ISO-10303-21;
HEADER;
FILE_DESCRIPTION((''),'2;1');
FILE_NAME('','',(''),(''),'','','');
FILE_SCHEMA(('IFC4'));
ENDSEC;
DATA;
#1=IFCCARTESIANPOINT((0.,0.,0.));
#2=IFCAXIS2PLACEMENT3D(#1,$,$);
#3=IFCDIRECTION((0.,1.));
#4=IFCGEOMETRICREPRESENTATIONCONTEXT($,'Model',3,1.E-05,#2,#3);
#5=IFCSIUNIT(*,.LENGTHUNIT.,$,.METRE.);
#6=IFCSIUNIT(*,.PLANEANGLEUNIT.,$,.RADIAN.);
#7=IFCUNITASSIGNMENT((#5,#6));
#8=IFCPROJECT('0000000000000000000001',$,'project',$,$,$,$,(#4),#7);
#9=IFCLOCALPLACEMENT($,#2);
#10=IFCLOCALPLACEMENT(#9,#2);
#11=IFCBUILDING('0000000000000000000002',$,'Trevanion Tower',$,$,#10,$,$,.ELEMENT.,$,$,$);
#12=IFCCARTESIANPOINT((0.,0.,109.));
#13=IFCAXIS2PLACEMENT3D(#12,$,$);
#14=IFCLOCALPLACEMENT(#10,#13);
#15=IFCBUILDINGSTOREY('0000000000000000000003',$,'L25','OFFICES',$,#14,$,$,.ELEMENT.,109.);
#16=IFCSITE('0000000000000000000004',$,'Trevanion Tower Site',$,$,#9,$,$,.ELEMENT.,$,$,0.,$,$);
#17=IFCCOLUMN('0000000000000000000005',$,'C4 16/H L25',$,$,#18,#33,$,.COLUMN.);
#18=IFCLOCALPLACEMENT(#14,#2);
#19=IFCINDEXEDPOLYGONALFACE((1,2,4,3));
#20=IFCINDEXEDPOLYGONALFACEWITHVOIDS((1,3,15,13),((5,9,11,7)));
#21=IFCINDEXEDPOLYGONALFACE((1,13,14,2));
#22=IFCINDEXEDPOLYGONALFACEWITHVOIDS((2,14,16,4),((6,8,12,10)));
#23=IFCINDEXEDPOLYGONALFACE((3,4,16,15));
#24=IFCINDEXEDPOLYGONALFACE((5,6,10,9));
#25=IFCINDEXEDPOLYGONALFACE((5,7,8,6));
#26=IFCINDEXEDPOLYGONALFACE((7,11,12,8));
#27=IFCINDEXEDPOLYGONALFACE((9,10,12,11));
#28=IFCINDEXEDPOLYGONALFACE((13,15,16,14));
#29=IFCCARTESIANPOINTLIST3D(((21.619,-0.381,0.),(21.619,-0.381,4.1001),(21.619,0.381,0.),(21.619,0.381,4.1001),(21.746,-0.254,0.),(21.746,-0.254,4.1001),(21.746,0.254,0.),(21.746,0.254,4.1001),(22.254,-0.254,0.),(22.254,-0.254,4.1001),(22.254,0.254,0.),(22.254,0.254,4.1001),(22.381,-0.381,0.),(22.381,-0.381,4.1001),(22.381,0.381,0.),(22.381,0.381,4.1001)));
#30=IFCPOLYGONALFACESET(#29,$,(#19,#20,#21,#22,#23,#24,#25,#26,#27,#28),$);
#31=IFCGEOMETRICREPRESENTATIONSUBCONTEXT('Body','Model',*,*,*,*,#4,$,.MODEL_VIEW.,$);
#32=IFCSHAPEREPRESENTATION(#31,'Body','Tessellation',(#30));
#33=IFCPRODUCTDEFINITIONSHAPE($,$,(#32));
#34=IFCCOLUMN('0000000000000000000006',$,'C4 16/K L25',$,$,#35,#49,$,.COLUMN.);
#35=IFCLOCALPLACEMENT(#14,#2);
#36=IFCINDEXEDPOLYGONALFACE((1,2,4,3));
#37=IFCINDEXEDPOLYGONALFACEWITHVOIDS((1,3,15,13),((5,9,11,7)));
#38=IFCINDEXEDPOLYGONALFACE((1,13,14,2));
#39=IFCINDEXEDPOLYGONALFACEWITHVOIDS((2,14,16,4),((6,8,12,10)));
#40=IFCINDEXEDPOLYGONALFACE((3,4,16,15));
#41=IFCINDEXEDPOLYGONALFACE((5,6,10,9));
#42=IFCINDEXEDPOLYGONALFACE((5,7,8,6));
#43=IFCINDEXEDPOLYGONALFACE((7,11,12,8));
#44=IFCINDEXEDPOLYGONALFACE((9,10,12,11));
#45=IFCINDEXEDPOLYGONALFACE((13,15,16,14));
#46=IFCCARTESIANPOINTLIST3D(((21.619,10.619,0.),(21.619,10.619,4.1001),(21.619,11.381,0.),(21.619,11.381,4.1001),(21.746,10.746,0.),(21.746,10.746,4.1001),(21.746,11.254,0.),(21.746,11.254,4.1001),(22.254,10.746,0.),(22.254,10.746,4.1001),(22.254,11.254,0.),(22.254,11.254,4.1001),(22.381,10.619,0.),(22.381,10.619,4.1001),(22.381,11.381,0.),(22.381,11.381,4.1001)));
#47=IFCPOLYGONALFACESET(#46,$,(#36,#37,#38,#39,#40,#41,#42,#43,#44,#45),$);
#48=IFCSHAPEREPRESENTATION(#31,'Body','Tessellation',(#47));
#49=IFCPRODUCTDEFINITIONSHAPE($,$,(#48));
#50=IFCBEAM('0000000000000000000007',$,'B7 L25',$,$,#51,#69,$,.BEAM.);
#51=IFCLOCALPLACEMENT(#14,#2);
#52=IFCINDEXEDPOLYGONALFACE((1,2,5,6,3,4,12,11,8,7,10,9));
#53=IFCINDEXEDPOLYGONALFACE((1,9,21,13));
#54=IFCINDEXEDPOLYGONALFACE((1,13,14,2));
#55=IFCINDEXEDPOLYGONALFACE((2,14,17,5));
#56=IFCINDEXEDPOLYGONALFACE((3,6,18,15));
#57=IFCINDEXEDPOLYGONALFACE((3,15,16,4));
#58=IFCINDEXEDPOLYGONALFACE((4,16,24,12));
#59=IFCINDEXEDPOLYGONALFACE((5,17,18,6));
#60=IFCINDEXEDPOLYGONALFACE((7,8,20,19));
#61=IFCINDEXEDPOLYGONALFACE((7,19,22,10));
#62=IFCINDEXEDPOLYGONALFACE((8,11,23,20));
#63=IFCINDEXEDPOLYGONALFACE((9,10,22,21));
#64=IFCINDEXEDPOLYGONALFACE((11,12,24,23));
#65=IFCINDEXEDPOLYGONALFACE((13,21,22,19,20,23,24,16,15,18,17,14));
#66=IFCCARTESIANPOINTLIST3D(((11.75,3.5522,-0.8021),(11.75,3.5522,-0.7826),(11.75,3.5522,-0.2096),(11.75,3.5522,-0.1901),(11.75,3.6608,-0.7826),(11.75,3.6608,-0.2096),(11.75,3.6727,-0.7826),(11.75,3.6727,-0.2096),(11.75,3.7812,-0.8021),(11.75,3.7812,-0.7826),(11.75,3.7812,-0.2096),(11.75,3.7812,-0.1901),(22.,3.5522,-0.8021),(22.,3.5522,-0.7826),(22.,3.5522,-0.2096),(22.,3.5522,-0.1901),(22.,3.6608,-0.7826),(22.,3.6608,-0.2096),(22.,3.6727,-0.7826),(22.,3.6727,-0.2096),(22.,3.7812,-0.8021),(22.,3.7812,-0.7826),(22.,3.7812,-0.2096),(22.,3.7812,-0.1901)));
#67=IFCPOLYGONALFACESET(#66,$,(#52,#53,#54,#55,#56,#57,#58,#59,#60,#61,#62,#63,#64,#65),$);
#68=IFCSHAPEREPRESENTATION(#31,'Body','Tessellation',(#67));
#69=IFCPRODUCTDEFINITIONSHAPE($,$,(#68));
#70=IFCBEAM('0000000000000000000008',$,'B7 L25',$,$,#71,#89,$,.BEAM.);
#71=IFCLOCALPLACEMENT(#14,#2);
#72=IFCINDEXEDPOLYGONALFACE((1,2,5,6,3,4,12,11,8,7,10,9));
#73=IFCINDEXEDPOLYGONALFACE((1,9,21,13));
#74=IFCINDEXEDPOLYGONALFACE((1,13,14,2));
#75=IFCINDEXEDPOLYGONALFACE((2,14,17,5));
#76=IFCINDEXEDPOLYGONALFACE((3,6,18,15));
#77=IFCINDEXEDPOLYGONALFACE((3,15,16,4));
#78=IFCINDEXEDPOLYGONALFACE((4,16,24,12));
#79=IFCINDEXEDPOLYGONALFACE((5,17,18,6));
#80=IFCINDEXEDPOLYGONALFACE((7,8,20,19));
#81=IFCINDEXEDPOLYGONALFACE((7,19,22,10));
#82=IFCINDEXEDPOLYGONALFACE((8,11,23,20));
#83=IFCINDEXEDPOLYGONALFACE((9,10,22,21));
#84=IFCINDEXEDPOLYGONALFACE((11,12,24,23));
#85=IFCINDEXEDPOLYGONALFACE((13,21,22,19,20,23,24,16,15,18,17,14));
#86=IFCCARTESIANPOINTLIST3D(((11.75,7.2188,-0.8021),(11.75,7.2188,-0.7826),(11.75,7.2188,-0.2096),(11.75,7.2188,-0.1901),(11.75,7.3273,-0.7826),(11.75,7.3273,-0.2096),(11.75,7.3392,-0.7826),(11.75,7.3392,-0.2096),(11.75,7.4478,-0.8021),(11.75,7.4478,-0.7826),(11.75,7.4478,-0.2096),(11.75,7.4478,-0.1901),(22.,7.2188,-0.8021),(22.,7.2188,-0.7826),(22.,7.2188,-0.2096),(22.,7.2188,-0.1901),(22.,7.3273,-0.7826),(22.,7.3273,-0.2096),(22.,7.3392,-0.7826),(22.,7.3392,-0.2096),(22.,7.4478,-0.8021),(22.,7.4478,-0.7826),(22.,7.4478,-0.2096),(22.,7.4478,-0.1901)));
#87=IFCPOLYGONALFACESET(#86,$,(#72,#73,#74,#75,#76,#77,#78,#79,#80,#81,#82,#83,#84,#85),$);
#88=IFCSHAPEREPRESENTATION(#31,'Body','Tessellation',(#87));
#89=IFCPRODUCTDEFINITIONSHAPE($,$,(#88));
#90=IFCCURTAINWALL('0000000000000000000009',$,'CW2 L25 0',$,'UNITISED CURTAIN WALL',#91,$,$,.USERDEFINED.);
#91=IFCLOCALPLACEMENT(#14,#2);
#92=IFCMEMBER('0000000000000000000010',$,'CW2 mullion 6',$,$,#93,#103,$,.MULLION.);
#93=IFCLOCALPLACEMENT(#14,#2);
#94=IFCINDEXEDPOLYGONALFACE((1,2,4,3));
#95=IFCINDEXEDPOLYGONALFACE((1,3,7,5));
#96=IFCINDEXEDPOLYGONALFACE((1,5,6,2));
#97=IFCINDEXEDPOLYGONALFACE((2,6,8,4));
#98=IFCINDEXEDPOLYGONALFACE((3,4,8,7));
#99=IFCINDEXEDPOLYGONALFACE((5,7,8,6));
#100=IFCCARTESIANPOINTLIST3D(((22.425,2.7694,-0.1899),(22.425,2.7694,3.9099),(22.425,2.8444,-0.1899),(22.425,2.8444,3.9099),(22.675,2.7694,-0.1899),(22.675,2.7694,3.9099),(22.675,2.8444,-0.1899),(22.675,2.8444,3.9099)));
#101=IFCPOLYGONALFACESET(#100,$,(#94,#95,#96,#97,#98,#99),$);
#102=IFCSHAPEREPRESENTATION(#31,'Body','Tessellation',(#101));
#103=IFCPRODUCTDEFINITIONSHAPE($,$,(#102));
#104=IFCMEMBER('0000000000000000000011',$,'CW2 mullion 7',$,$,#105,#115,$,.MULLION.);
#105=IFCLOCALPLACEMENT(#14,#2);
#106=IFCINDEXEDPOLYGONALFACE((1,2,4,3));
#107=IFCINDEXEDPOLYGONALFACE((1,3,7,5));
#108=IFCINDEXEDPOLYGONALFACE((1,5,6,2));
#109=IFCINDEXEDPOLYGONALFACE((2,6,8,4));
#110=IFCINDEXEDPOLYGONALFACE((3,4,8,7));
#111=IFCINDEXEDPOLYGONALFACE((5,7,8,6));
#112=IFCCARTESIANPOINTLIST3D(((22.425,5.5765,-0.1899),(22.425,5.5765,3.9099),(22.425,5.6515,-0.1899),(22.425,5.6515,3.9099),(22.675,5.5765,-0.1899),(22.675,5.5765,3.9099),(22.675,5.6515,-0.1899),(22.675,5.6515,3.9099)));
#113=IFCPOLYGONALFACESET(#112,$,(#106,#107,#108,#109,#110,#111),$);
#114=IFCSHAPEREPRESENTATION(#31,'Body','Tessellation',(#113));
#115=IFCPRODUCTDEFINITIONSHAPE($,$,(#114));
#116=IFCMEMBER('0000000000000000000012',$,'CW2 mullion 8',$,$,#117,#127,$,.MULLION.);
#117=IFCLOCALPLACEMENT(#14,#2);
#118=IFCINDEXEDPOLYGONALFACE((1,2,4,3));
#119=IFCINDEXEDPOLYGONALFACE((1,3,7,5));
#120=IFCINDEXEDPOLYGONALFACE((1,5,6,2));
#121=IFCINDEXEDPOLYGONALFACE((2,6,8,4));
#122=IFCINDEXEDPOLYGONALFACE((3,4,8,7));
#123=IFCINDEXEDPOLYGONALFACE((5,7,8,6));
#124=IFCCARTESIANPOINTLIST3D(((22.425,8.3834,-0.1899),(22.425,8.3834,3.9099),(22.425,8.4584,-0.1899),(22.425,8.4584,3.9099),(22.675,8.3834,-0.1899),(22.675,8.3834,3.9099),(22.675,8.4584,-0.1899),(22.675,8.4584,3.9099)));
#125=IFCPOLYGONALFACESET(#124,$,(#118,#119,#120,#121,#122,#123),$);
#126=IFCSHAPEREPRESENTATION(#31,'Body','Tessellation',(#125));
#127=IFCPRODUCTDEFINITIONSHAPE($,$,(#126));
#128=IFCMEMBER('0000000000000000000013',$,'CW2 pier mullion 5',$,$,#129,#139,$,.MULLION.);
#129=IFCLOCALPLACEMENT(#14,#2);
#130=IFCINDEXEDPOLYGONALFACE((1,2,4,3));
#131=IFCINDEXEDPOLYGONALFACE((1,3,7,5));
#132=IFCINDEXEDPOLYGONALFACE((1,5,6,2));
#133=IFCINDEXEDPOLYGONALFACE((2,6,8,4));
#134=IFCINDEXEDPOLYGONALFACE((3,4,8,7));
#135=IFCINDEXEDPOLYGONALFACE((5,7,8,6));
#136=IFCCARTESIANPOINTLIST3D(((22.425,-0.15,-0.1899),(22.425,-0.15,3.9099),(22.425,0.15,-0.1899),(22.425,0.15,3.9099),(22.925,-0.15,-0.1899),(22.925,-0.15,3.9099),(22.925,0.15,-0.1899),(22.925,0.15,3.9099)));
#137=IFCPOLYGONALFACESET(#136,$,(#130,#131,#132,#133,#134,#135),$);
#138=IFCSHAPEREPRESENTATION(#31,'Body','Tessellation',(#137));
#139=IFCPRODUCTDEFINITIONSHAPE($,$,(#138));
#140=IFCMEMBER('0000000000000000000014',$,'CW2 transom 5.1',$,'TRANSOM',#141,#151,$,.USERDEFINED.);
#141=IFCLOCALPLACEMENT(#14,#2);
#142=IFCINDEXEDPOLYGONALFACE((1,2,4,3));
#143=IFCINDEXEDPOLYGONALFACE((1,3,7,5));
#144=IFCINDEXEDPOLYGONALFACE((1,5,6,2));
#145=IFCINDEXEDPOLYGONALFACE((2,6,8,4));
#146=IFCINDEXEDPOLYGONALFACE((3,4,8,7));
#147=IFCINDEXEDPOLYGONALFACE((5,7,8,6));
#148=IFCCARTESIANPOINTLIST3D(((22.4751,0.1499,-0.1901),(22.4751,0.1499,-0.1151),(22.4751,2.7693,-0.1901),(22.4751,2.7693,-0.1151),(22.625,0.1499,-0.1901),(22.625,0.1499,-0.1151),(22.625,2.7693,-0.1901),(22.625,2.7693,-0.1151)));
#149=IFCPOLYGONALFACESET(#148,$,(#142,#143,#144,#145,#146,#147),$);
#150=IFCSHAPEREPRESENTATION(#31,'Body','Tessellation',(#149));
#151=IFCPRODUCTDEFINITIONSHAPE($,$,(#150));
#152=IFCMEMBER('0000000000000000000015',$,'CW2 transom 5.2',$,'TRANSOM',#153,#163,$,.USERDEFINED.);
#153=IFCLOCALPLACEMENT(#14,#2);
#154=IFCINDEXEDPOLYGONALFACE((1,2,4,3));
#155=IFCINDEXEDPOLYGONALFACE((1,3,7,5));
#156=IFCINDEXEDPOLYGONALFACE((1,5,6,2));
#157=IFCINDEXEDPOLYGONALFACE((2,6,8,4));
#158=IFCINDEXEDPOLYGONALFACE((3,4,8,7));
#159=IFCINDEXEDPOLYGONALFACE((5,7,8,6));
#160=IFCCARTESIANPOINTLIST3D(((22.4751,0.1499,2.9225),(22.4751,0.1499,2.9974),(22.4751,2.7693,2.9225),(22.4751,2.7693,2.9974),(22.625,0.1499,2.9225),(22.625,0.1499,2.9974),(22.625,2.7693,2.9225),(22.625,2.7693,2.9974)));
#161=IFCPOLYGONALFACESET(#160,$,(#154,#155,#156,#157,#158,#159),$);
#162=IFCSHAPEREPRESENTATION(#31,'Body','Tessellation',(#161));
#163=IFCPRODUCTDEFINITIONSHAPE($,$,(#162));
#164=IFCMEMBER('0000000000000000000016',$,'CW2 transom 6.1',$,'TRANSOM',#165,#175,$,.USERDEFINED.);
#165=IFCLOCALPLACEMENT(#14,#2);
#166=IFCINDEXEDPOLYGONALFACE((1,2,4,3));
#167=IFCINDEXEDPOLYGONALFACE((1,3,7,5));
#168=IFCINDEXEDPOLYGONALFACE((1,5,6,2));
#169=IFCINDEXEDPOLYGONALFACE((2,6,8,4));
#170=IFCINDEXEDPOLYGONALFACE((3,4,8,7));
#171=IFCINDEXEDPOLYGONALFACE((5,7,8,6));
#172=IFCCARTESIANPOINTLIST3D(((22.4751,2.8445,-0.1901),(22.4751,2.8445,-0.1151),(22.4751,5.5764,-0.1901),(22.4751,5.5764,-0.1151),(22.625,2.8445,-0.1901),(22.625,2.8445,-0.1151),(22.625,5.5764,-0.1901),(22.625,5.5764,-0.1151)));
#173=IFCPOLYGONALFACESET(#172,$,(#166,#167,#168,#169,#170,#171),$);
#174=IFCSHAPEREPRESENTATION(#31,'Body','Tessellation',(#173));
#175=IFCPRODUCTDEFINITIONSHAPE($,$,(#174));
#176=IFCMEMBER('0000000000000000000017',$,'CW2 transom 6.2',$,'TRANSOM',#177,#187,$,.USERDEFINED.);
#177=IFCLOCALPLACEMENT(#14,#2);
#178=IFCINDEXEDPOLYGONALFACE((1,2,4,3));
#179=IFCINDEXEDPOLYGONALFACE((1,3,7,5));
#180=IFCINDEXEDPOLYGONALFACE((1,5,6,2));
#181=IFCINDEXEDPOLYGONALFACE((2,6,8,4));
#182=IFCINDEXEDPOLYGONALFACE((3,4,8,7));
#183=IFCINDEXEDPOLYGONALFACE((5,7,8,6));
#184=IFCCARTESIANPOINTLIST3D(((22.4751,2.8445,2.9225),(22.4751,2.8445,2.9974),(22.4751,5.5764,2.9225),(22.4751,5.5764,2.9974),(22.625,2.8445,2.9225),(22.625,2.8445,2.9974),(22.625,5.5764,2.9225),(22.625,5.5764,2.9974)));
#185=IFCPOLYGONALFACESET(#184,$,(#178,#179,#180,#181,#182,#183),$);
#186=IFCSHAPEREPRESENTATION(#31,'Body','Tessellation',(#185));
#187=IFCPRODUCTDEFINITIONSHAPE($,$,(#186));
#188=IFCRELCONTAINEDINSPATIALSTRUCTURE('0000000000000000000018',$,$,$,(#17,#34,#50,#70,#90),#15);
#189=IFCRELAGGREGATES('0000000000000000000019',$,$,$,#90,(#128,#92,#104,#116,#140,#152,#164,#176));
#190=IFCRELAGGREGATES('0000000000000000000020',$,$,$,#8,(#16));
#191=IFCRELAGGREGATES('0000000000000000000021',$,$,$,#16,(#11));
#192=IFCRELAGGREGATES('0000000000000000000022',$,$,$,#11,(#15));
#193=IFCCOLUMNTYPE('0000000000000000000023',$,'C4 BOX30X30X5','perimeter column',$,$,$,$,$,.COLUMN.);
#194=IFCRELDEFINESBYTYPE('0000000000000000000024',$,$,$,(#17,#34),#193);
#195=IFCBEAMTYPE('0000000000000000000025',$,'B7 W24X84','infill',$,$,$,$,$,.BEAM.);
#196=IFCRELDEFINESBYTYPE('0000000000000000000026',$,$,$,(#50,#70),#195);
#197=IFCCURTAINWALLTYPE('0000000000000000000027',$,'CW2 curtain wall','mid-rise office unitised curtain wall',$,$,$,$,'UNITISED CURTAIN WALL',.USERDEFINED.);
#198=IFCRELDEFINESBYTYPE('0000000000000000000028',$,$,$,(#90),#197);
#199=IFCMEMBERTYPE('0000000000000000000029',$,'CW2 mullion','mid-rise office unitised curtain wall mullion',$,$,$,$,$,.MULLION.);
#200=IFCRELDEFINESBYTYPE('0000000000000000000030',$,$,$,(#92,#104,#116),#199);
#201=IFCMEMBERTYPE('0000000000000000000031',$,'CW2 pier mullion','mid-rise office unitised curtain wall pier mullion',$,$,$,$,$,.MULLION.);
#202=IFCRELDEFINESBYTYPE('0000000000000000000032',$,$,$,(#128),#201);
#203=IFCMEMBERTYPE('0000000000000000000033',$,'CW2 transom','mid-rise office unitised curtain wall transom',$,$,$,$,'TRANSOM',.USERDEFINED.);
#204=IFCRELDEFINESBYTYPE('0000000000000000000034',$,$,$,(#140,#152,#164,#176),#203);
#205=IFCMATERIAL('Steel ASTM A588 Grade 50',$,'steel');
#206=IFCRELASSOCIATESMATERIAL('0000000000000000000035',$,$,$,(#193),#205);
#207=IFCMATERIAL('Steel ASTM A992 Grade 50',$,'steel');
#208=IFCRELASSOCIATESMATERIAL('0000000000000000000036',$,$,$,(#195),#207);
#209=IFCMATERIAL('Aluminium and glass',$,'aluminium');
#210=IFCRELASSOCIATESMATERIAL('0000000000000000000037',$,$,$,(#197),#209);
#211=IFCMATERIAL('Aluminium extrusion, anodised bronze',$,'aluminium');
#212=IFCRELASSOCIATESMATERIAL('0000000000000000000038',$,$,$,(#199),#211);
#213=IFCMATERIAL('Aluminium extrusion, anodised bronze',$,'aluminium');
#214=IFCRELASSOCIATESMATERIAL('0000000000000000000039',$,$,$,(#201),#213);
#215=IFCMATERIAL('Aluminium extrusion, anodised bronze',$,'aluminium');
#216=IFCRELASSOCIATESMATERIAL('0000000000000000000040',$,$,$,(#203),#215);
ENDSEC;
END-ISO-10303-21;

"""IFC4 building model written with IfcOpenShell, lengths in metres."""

from ifc_helpers import new_model, si_unit, direction, frame, origin, origin_2d, place, context, subcontext, project, spatial, rectangle, hollow_rectangle, i_section, extrude, material, material_profile, profile_set, type_object, element, aggregate, save


model = new_model("IFC4")

# Units and contexts
model_context = context("Model", 3, precision=1e-05, world=origin(), true_north=direction((0.0, 1.0)))
body_context = subcontext(model_context, "Body", "Model", "MODEL_VIEW")
ifc_project = project(units=[si_unit("LENGTHUNIT", "METRE"), si_unit("PLANEANGLEUNIT", "RADIAN")], contexts=[model_context])

# Site, building, storey
site_placement = place(None, origin())
site = spatial("IfcSite", under=ifc_project, at=site_placement, Name="Trevanion Tower Site", CompositionType="ELEMENT", RefElevation=0.0)
building_placement = place(site_placement, origin())
building = spatial("IfcBuilding", under=site, at=building_placement, Name="Trevanion Tower", CompositionType="ELEMENT")
storey_placement = place(building_placement, frame((0.0, 0.0, 109.0)))
storey = spatial("IfcBuildingStorey", under=building, at=storey_placement, Name="L25", Description="OFFICES", CompositionType="ELEMENT", Elevation=109.0)

# Columns
ifc_material_1 = material(Name="Steel ASTM A588 Grade 50", Category="steel")
ifc_material_profile_1 = material_profile(ifc_material_1, hollow_rectangle(XDim=0.762, YDim=0.762, WallThickness=0.127, at=origin_2d()), Name="BOX30X30X5")
ifc_profile_set_1 = profile_set([ifc_material_profile_1], Name="Steel ASTM A588 Grade 50")
column_type = type_object("IfcColumnType", Name="C4 BOX30X30X5", Description="perimeter column", PredefinedType="COLUMN", material=ifc_profile_set_1)
for number, where, z_axis, x_axis, name in (
    (1, (22.0, 0.0, 0.0), (0.0, 0.0, 1.0), (0.0, 1.0, 0.0), "C4 16/H L25"),
    (2, (22.0, 11.0, 0.0), (0.0, 0.0, 1.0), (0.0, 1.0, 0.0), "C4 16/K L25"),
):
    element("IfcColumn", number, at=place(storey_placement, frame(where, z_axis=z_axis, x_axis=x_axis)), inside=storey, type_object=column_type, Name=name, PredefinedType="COLUMN", context=body_context, shape_type="SweptSolid", body=[
        extrude(hollow_rectangle(XDim=0.762, YDim=0.762, WallThickness=0.127, at=origin_2d()), origin(), (0.0, 0.0, 1.0), 4.1001),
    ])

# Beams
ifc_material_2 = material(Name="Steel ASTM A992 Grade 50", Category="steel")
ifc_material_profile_2 = material_profile(ifc_material_2, i_section(OverallWidth=0.229, OverallDepth=0.6121, WebThickness=0.012, FlangeThickness=0.0195, at=origin_2d()), Name="W24X84")
ifc_profile_set_2 = profile_set([ifc_material_profile_2], Name="Steel ASTM A992 Grade 50")
beam_type_1 = type_object("IfcBeamType", Name="B7 W24X84", Description="infill", PredefinedType="BEAM", material=ifc_profile_set_2)
for number, where, z_axis, x_axis, name in (
    (3, (11.75, 3.6667, -0.4961), (1.0, 0.0, 0.0), (0.0, 1.0, 0.0), "B7 L25"),
    (4, (11.75, 7.3333, -0.4961), (1.0, 0.0, 0.0), (0.0, 1.0, 0.0), "B7 L25"),
):
    element("IfcBeam", number, at=place(storey_placement, frame(where, z_axis=z_axis, x_axis=x_axis)), inside=storey, type_object=beam_type_1, Name=name, PredefinedType="BEAM", context=body_context, shape_type="SweptSolid", body=[
        extrude(i_section(OverallWidth=0.229, OverallDepth=0.6121, WebThickness=0.012, FlangeThickness=0.0195, at=origin_2d()), origin(), (0.0, 0.0, 1.0), 10.25),
    ])

# Curtain wall, members
ifc_material_3 = material(Name="Aluminium and glass", Category="aluminium")
curtain_wall_type = type_object("IfcCurtainWallType", Name="CW2 curtain wall", Description="mid-rise office unitised curtain wall", ElementType="UNITISED CURTAIN WALL", PredefinedType="USERDEFINED", material=ifc_material_3)
curtain_wall_placement = place(storey_placement, origin())
curtain_wall = element("IfcCurtainWall", 5, at=curtain_wall_placement, inside=storey, type_object=curtain_wall_type, Name="CW2 L25 0", ObjectType="UNITISED CURTAIN WALL", PredefinedType="USERDEFINED")
ifc_material_4 = material(Name="Aluminium extrusion, anodised bronze", Category="aluminium")
ifc_material_profile_3 = material_profile(ifc_material_4, rectangle(XDim=0.075, YDim=0.25, at=origin_2d()), Name="CW2 mullion")
ifc_profile_set_3 = profile_set([ifc_material_profile_3], Name="Aluminium extrusion, anodised bronze")
member_type_1 = type_object("IfcMemberType", Name="CW2 mullion", Description="mid-rise office unitised curtain wall mullion", PredefinedType="MULLION", material=ifc_profile_set_3)
member_1_placement = place(storey_placement, frame((22.55, 2.8069, -0.1899), z_axis=(0.0, 0.0, 1.0), x_axis=(0.0, 1.0, 0.0)))
member_1 = element("IfcMember", 6, at=member_1_placement, type_object=member_type_1, Name="CW2 mullion 6", PredefinedType="MULLION", context=body_context, shape_type="SweptSolid", body=[
    extrude(rectangle(XDim=0.075, YDim=0.25, at=origin_2d()), origin(), (0.0, 0.0, 1.0), 4.0999),
])
member_2_placement = place(storey_placement, frame((22.55, 5.614, -0.1899), z_axis=(0.0, 0.0, 1.0), x_axis=(0.0, 1.0, 0.0)))
member_2 = element("IfcMember", 7, at=member_2_placement, type_object=member_type_1, Name="CW2 mullion 7", PredefinedType="MULLION", context=body_context, shape_type="SweptSolid", body=[
    extrude(rectangle(XDim=0.075, YDim=0.25, at=origin_2d()), origin(), (0.0, 0.0, 1.0), 4.0999),
])
member_3_placement = place(storey_placement, frame((22.55, 8.4209, -0.1899), z_axis=(0.0, 0.0, 1.0), x_axis=(0.0, 1.0, 0.0)))
member_3 = element("IfcMember", 8, at=member_3_placement, type_object=member_type_1, Name="CW2 mullion 8", PredefinedType="MULLION", context=body_context, shape_type="SweptSolid", body=[
    extrude(rectangle(XDim=0.075, YDim=0.25, at=origin_2d()), origin(), (0.0, 0.0, 1.0), 4.0999),
])
ifc_material_5 = material(Name="Aluminium extrusion, anodised bronze", Category="aluminium")
ifc_material_profile_4 = material_profile(ifc_material_5, rectangle(XDim=0.3, YDim=0.5, at=origin_2d()), Name="CW2 pier mullion")
ifc_profile_set_4 = profile_set([ifc_material_profile_4], Name="Aluminium extrusion, anodised bronze")
member_type_2 = type_object("IfcMemberType", Name="CW2 pier mullion", Description="mid-rise office unitised curtain wall pier mullion", PredefinedType="MULLION", material=ifc_profile_set_4)
member_4_placement = place(storey_placement, frame((22.675, 0.0, -0.1899), z_axis=(0.0, 0.0, 1.0), x_axis=(0.0, 1.0, 0.0)))
member_4 = element("IfcMember", 9, at=member_4_placement, type_object=member_type_2, Name="CW2 pier mullion 5", PredefinedType="MULLION", context=body_context, shape_type="SweptSolid", body=[
    extrude(rectangle(XDim=0.3, YDim=0.5, at=origin_2d()), origin(), (0.0, 0.0, 1.0), 4.0999),
])
ifc_material_6 = material(Name="Aluminium extrusion, anodised bronze", Category="aluminium")
ifc_material_profile_5 = material_profile(ifc_material_6, rectangle(XDim=0.1499, YDim=0.075, at=origin_2d()), Name="CW2 transom")
ifc_profile_set_5 = profile_set([ifc_material_profile_5], Name="Aluminium extrusion, anodised bronze")
member_type_3 = type_object("IfcMemberType", Name="CW2 transom", Description="mid-rise office unitised curtain wall transom", ElementType="TRANSOM", PredefinedType="USERDEFINED", material=ifc_profile_set_5)
member_5_placement = place(storey_placement, frame((22.55, 0.1499, -0.1526), z_axis=(0.0, 1.0, 0.0), x_axis=(-1.0, 0.0, 0.0)))
member_5 = element("IfcMember", 10, at=member_5_placement, type_object=member_type_3, Name="CW2 transom 5.1", ObjectType="TRANSOM", PredefinedType="USERDEFINED", context=body_context, shape_type="SweptSolid", body=[
    extrude(rectangle(XDim=0.1499, YDim=0.075, at=origin_2d()), origin(), (0.0, 0.0, 1.0), 2.6194),
])
member_6_placement = place(storey_placement, frame((22.55, 0.1499, 2.96), z_axis=(0.0, 1.0, 0.0), x_axis=(-1.0, 0.0, 0.0)))
member_6 = element("IfcMember", 11, at=member_6_placement, type_object=member_type_3, Name="CW2 transom 5.2", ObjectType="TRANSOM", PredefinedType="USERDEFINED", context=body_context, shape_type="SweptSolid", body=[
    extrude(rectangle(XDim=0.1499, YDim=0.075, at=origin_2d()), origin(), (0.0, 0.0, 1.0), 2.6194),
])
member_7_placement = place(storey_placement, frame((22.55, 2.8445, -0.1526), z_axis=(0.0, 1.0, 0.0), x_axis=(-1.0, 0.0, 0.0)))
member_7 = element("IfcMember", 12, at=member_7_placement, type_object=member_type_3, Name="CW2 transom 6.1", ObjectType="TRANSOM", PredefinedType="USERDEFINED", context=body_context, shape_type="SweptSolid", body=[
    extrude(rectangle(XDim=0.1499, YDim=0.075, at=origin_2d()), origin(), (0.0, 0.0, 1.0), 2.7319),
])
member_8_placement = place(storey_placement, frame((22.55, 2.8445, 2.96), z_axis=(0.0, 1.0, 0.0), x_axis=(-1.0, 0.0, 0.0)))
member_8 = element("IfcMember", 13, at=member_8_placement, type_object=member_type_3, Name="CW2 transom 6.2", ObjectType="TRANSOM", PredefinedType="USERDEFINED", context=body_context, shape_type="SweptSolid", body=[
    extrude(rectangle(XDim=0.1499, YDim=0.075, at=origin_2d()), origin(), (0.0, 0.0, 1.0), 2.7319),
])

aggregate(curtain_wall, [member_4, member_1, member_2, member_3, member_5, member_6, member_7, member_8])

save(model, "model.ifc")
